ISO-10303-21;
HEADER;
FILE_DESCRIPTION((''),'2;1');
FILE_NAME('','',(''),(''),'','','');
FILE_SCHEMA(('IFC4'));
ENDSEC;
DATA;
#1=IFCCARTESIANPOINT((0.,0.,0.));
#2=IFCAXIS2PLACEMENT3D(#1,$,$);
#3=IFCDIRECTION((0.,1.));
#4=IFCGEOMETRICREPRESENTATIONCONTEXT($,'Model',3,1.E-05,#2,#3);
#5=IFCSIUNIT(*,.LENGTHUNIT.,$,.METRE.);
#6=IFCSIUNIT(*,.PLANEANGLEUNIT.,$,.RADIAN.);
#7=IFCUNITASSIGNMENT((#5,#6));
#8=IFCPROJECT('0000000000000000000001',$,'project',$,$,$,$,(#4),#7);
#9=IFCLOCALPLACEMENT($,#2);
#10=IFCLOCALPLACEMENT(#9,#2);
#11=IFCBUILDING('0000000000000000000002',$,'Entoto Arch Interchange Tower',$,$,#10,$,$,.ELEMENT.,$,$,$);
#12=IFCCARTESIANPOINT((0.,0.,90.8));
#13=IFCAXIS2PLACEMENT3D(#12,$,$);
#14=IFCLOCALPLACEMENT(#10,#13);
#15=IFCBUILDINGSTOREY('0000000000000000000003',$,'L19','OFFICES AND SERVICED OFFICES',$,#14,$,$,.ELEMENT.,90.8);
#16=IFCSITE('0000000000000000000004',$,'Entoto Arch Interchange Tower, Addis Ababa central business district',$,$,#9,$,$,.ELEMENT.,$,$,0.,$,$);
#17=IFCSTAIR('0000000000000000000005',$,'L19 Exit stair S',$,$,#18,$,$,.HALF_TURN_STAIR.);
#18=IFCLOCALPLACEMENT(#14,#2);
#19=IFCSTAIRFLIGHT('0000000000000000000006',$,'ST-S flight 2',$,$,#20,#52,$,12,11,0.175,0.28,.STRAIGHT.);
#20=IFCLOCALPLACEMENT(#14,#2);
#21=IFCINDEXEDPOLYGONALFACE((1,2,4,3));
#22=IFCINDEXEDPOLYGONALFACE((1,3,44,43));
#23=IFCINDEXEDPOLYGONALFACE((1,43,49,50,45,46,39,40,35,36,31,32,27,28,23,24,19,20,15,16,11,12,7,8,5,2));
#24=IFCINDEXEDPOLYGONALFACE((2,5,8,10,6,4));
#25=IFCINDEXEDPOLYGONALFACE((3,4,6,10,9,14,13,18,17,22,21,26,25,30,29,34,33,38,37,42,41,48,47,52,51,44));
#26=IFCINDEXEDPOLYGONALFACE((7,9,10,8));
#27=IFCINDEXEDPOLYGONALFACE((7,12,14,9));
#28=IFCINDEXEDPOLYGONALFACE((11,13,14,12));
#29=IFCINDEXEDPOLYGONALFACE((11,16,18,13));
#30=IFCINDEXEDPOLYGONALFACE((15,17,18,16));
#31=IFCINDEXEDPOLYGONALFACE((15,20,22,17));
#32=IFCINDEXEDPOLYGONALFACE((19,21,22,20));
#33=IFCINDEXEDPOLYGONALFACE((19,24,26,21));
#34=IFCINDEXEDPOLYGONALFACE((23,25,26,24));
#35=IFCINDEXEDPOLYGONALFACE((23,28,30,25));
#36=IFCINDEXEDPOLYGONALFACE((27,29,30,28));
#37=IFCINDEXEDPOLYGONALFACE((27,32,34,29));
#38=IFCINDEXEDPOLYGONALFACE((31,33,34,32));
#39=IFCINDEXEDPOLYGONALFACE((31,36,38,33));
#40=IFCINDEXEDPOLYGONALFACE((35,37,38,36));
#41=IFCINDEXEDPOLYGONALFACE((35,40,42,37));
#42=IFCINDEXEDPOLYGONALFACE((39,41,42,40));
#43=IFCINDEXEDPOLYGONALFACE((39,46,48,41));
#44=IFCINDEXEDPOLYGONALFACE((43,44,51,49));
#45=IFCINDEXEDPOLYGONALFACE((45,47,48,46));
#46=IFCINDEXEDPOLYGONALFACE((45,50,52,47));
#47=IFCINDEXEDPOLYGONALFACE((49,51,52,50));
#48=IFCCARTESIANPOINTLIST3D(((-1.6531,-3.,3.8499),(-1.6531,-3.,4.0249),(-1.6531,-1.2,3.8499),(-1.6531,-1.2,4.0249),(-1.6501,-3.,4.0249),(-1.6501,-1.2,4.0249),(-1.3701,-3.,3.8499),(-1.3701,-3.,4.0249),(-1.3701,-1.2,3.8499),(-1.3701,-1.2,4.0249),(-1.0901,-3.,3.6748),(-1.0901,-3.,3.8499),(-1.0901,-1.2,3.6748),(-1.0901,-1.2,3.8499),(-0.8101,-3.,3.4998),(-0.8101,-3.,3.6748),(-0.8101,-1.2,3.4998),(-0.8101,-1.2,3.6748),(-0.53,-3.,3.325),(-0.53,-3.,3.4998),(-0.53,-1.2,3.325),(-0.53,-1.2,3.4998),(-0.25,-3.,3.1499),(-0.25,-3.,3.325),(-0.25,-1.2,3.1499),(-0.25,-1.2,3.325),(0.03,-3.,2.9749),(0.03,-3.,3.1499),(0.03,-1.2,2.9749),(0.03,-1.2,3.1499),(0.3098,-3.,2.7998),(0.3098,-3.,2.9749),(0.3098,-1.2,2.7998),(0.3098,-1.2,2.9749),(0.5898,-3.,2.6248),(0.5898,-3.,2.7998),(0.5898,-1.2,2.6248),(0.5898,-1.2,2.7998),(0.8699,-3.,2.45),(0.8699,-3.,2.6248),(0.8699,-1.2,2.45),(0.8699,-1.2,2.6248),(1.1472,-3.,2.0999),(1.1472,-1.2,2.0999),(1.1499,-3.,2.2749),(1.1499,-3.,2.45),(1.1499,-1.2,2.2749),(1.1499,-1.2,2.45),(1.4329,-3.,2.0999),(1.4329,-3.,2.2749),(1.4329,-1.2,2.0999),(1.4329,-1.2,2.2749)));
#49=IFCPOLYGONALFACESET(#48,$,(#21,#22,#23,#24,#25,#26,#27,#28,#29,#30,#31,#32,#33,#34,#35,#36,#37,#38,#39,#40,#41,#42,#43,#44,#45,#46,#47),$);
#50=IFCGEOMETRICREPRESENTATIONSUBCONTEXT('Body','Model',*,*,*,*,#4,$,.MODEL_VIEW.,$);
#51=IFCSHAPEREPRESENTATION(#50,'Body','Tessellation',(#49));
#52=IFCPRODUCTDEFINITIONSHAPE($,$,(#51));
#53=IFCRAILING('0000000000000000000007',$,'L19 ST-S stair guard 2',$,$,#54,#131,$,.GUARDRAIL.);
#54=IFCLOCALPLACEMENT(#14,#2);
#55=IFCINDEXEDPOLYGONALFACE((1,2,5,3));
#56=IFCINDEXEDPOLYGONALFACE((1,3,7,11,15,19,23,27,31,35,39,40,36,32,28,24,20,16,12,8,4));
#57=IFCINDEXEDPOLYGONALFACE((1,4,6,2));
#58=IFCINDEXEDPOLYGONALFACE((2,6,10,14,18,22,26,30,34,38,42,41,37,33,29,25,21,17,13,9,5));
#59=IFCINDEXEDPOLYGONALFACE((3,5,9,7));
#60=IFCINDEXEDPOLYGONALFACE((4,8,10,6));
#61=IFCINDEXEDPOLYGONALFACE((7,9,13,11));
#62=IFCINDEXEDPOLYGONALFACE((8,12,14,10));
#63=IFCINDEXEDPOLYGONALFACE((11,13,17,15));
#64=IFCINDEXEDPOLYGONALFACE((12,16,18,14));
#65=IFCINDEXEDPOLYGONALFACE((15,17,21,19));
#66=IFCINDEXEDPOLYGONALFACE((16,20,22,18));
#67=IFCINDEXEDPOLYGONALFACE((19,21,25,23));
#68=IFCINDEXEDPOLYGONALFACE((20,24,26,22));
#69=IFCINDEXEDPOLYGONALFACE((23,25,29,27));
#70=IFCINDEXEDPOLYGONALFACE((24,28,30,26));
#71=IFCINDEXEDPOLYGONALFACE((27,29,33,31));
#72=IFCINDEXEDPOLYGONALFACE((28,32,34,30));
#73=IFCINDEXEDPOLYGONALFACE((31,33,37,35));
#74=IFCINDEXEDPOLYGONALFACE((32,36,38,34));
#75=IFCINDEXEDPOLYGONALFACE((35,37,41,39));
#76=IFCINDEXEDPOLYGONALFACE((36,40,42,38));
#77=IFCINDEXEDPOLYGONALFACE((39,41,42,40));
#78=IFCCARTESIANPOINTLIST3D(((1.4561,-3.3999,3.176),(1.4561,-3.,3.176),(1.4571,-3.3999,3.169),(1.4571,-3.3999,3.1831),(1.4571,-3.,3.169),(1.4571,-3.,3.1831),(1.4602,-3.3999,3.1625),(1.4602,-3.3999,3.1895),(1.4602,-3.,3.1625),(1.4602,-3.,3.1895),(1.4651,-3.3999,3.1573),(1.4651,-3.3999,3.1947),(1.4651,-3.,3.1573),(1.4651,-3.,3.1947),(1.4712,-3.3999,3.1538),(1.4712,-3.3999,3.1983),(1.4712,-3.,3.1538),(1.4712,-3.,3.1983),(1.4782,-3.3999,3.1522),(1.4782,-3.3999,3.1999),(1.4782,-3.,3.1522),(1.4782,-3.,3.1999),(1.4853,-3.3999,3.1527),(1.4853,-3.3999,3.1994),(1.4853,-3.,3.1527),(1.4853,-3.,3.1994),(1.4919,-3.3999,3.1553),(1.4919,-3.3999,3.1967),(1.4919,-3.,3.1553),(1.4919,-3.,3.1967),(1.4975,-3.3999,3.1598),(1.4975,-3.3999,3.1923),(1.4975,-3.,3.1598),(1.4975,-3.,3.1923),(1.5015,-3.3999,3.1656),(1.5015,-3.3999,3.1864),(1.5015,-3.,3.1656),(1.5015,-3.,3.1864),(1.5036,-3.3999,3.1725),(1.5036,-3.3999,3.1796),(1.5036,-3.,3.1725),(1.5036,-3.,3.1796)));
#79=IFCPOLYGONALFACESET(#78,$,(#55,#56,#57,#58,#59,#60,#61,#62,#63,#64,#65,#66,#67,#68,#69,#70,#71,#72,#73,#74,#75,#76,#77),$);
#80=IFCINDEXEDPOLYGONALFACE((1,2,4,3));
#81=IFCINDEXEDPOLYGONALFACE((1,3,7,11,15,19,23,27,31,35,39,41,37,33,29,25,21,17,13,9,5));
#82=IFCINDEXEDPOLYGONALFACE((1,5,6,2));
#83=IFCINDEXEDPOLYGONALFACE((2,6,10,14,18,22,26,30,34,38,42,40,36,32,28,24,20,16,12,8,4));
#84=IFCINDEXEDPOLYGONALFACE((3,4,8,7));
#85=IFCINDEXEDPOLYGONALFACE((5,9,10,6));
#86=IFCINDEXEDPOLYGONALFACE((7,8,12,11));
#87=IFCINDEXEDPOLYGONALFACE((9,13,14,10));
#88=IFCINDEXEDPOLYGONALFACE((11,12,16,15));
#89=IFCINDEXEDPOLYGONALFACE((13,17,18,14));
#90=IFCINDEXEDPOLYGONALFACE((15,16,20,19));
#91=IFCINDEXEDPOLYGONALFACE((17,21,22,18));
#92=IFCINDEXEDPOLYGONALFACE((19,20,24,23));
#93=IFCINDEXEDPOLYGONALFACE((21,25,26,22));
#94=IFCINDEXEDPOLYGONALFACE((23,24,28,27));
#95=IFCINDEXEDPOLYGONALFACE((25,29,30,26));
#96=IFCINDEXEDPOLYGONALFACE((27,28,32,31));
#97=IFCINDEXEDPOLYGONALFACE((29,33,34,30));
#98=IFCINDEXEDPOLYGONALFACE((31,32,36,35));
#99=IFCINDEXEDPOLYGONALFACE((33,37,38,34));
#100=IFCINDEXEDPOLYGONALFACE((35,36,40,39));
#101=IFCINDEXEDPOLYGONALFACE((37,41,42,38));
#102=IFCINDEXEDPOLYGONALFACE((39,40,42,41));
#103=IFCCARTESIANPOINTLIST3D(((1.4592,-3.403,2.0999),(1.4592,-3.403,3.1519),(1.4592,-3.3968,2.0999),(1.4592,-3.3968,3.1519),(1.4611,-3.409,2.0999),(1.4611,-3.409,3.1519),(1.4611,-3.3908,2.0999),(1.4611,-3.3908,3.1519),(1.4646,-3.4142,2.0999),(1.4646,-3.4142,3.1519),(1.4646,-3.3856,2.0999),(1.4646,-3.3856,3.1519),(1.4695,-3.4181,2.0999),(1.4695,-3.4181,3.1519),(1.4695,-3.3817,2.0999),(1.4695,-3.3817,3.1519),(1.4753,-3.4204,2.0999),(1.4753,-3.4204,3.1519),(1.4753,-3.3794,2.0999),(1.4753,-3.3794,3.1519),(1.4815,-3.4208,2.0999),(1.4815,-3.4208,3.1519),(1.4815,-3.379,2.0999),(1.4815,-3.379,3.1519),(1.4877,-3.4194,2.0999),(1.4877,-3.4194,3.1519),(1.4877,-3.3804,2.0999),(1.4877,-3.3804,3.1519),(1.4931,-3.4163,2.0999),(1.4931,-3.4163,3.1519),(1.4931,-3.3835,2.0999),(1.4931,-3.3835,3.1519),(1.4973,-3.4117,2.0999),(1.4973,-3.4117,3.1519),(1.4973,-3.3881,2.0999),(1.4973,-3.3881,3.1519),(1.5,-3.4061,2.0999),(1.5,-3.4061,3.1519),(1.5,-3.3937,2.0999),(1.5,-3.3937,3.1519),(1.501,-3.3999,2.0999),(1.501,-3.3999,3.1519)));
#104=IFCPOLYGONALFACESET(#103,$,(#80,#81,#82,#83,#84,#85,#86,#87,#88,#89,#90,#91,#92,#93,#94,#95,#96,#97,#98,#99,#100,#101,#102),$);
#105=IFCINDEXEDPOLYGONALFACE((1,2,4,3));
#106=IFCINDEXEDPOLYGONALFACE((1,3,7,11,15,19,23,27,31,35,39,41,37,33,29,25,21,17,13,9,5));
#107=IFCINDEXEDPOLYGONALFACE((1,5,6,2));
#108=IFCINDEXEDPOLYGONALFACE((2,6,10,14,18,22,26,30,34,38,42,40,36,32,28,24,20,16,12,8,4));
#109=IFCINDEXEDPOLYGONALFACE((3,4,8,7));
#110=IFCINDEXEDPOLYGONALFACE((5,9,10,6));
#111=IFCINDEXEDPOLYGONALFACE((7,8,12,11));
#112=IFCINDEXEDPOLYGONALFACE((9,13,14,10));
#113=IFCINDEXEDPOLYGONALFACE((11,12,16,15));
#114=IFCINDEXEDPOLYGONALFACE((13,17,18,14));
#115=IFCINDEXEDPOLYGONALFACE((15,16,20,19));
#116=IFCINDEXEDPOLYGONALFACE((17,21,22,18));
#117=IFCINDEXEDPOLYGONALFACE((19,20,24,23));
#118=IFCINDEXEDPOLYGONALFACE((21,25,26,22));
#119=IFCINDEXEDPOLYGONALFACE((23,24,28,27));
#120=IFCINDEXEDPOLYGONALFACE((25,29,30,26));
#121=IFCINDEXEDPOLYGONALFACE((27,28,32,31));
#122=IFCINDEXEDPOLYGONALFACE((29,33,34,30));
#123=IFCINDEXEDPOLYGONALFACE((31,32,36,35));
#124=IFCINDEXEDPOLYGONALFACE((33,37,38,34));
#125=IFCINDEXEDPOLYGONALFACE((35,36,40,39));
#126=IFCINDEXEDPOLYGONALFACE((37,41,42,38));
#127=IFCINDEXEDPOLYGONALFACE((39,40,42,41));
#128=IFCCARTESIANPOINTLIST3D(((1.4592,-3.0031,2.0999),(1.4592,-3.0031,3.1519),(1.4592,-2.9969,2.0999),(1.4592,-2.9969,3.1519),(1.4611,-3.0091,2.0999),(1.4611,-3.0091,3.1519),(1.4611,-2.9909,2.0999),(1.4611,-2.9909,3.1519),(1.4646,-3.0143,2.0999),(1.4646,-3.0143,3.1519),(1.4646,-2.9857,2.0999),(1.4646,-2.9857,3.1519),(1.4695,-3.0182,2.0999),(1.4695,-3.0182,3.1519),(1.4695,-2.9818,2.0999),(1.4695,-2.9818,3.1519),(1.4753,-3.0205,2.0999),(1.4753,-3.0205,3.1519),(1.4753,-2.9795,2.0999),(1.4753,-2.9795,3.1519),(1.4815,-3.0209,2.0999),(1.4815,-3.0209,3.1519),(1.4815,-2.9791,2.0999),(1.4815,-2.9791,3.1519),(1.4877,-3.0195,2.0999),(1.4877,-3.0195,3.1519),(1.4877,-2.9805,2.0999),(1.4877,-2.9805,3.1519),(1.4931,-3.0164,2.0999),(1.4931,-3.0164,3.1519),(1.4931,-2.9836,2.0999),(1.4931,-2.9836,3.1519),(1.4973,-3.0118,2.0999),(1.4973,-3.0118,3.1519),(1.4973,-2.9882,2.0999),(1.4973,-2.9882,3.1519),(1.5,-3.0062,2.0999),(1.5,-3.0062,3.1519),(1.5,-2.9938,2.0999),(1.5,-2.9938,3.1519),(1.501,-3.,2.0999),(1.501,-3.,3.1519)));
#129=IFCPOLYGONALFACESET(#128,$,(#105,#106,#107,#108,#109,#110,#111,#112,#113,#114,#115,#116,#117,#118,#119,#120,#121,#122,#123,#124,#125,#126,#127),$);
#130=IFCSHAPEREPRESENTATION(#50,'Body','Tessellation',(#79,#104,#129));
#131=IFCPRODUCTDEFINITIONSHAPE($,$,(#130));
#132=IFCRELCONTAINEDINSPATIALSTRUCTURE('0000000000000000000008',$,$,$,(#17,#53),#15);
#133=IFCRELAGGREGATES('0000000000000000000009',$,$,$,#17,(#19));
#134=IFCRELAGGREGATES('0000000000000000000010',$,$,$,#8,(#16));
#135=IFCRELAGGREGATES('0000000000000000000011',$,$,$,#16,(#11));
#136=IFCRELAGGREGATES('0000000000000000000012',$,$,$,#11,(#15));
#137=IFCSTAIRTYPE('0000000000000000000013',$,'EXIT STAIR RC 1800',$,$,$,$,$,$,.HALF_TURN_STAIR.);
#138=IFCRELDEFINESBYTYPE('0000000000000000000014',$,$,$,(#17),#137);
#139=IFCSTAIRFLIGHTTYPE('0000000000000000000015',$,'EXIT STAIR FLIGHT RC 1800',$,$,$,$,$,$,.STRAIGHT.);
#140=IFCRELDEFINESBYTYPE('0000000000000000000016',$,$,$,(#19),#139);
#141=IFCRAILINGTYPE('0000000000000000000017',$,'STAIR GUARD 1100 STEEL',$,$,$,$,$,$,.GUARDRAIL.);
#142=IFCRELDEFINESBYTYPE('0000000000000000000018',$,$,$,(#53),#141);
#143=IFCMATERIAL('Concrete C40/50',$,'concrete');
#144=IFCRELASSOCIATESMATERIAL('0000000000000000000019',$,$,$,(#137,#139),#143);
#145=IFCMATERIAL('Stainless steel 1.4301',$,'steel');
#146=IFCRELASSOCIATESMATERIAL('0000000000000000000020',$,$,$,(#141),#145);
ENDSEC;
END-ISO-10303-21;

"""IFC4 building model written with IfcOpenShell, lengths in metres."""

from ifc_helpers import new_model, si_unit, direction, frame, origin, origin_2d, place, context, subcontext, project, spatial, polyline, circle, outline, extrude, material, type_object, element, aggregate, save


model = new_model("IFC4")

# Units and contexts
model_context = context("Model", 3, precision=1e-05, world=origin(), true_north=direction((0.0, 1.0)))
body_context = subcontext(model_context, "Body", "Model", "MODEL_VIEW")
ifc_project = project(units=[si_unit("LENGTHUNIT", "METRE"), si_unit("PLANEANGLEUNIT", "RADIAN")], contexts=[model_context])

# Site, building, storey
site_placement = place(None, origin())
site = spatial("IfcSite", under=ifc_project, at=site_placement, Name="Entoto Arch Interchange Tower, Addis Ababa central business district", CompositionType="ELEMENT", RefElevation=0.0)
building_placement = place(site_placement, origin())
building = spatial("IfcBuilding", under=site, at=building_placement, Name="Entoto Arch Interchange Tower", CompositionType="ELEMENT")
storey_placement = place(building_placement, frame((0.0, 0.0, 90.8)))
storey = spatial("IfcBuildingStorey", under=building, at=storey_placement, Name="L19", Description="OFFICES AND SERVICED OFFICES", CompositionType="ELEMENT", Elevation=90.8)

# Shared definitions
ifc_material_1 = material(Name="Concrete C40/50", Category="concrete")

# Stair, stair flight
stair_type = type_object("IfcStairType", Name="EXIT STAIR RC 1800", PredefinedType="HALF_TURN_STAIR", material=ifc_material_1)
stair_placement = place(storey_placement, origin())
stair = element("IfcStair", 1, at=stair_placement, inside=storey, type_object=stair_type, Name="L19 Exit stair S", PredefinedType="HALF_TURN_STAIR")
stair_flight_type = type_object("IfcStairFlightType", Name="EXIT STAIR FLIGHT RC 1800", PredefinedType="STRAIGHT", material=ifc_material_1)
stair_flight_placement = place(storey_placement, frame((1.4299, -2.1001, 2.0999), z_axis=(0.0, 0.0, 1.0), x_axis=(-1.0, 0.0, 0.0)))
stair_flight = element("IfcStairFlight", 2, at=stair_flight_placement, type_object=stair_flight_type, Name="ST-S flight 2", NumberOfRisers=12, NumberOfTreads=11, PredefinedType="STRAIGHT", RiserHeight=0.175, TreadLength=0.28, context=body_context, shape_type="SweptSolid", body=[
    extrude(outline(polyline([(-0.0029, 0.0), (-0.0029, 0.175), (0.28, 0.175), (0.28, 0.3501), (0.5601, 0.3501), (0.5601, 0.5249), (0.8401, 0.5249), (0.8401, 0.7), (1.1201, 0.7), (1.1201, 0.875), (1.3999, 0.875), (1.3999, 1.05), (1.6799, 1.05), (1.6799, 1.2251), (1.96, 1.2251), (1.96, 1.3999), (2.24, 1.3999), (2.24, 1.575), (2.52, 1.575), (2.52, 1.75), (2.8, 1.75), (2.8, 1.925), (3.0801, 1.925), (3.083, 1.925), (3.083, 1.75), (0.2827, 0.0), (-0.0029, 0.0)])), frame((0.0, 0.8999, 0.0), z_axis=(0.0, -1.0, 0.0), x_axis=(1.0, 0.0, 0.0)), (0.0, 0.0, 1.0), 1.8),
])
aggregate(stair, [stair_flight])

# Railing
ifc_material_2 = material(Name="Stainless steel 1.4301", Category="steel")
railing_type_1 = type_object("IfcRailingType", Name="STAIR GUARD 1100 STEEL", PredefinedType="GUARDRAIL", material=ifc_material_2)
railing_1_placement = place(storey_placement, frame((1.48, -3.3999, 2.0999)))
element("IfcRailing", 3, at=railing_1_placement, inside=storey, type_object=railing_type_1, Name="L19 ST-S stair guard 2", PredefinedType="GUARDRAIL", context=body_context, shape_type="SweptSolid", body=[
    extrude(circle(Radius=0.0239, at=origin_2d()), frame((0.0, 0.0, 1.0762), z_axis=(0.0, 1.0, 0.0), x_axis=(-1.0, 0.0, 0.0)), (0.0, 0.0, 1.0), 0.3999),
    extrude(circle(Radius=0.021, at=origin_2d()), origin(), (0.0, 0.0, 1.0), 1.052),
    extrude(circle(Radius=0.021, at=origin_2d()), frame((0.0, 0.3999, 0.0)), (0.0, 0.0, 1.0), 1.052),
])

save(model, "model.ifc")
